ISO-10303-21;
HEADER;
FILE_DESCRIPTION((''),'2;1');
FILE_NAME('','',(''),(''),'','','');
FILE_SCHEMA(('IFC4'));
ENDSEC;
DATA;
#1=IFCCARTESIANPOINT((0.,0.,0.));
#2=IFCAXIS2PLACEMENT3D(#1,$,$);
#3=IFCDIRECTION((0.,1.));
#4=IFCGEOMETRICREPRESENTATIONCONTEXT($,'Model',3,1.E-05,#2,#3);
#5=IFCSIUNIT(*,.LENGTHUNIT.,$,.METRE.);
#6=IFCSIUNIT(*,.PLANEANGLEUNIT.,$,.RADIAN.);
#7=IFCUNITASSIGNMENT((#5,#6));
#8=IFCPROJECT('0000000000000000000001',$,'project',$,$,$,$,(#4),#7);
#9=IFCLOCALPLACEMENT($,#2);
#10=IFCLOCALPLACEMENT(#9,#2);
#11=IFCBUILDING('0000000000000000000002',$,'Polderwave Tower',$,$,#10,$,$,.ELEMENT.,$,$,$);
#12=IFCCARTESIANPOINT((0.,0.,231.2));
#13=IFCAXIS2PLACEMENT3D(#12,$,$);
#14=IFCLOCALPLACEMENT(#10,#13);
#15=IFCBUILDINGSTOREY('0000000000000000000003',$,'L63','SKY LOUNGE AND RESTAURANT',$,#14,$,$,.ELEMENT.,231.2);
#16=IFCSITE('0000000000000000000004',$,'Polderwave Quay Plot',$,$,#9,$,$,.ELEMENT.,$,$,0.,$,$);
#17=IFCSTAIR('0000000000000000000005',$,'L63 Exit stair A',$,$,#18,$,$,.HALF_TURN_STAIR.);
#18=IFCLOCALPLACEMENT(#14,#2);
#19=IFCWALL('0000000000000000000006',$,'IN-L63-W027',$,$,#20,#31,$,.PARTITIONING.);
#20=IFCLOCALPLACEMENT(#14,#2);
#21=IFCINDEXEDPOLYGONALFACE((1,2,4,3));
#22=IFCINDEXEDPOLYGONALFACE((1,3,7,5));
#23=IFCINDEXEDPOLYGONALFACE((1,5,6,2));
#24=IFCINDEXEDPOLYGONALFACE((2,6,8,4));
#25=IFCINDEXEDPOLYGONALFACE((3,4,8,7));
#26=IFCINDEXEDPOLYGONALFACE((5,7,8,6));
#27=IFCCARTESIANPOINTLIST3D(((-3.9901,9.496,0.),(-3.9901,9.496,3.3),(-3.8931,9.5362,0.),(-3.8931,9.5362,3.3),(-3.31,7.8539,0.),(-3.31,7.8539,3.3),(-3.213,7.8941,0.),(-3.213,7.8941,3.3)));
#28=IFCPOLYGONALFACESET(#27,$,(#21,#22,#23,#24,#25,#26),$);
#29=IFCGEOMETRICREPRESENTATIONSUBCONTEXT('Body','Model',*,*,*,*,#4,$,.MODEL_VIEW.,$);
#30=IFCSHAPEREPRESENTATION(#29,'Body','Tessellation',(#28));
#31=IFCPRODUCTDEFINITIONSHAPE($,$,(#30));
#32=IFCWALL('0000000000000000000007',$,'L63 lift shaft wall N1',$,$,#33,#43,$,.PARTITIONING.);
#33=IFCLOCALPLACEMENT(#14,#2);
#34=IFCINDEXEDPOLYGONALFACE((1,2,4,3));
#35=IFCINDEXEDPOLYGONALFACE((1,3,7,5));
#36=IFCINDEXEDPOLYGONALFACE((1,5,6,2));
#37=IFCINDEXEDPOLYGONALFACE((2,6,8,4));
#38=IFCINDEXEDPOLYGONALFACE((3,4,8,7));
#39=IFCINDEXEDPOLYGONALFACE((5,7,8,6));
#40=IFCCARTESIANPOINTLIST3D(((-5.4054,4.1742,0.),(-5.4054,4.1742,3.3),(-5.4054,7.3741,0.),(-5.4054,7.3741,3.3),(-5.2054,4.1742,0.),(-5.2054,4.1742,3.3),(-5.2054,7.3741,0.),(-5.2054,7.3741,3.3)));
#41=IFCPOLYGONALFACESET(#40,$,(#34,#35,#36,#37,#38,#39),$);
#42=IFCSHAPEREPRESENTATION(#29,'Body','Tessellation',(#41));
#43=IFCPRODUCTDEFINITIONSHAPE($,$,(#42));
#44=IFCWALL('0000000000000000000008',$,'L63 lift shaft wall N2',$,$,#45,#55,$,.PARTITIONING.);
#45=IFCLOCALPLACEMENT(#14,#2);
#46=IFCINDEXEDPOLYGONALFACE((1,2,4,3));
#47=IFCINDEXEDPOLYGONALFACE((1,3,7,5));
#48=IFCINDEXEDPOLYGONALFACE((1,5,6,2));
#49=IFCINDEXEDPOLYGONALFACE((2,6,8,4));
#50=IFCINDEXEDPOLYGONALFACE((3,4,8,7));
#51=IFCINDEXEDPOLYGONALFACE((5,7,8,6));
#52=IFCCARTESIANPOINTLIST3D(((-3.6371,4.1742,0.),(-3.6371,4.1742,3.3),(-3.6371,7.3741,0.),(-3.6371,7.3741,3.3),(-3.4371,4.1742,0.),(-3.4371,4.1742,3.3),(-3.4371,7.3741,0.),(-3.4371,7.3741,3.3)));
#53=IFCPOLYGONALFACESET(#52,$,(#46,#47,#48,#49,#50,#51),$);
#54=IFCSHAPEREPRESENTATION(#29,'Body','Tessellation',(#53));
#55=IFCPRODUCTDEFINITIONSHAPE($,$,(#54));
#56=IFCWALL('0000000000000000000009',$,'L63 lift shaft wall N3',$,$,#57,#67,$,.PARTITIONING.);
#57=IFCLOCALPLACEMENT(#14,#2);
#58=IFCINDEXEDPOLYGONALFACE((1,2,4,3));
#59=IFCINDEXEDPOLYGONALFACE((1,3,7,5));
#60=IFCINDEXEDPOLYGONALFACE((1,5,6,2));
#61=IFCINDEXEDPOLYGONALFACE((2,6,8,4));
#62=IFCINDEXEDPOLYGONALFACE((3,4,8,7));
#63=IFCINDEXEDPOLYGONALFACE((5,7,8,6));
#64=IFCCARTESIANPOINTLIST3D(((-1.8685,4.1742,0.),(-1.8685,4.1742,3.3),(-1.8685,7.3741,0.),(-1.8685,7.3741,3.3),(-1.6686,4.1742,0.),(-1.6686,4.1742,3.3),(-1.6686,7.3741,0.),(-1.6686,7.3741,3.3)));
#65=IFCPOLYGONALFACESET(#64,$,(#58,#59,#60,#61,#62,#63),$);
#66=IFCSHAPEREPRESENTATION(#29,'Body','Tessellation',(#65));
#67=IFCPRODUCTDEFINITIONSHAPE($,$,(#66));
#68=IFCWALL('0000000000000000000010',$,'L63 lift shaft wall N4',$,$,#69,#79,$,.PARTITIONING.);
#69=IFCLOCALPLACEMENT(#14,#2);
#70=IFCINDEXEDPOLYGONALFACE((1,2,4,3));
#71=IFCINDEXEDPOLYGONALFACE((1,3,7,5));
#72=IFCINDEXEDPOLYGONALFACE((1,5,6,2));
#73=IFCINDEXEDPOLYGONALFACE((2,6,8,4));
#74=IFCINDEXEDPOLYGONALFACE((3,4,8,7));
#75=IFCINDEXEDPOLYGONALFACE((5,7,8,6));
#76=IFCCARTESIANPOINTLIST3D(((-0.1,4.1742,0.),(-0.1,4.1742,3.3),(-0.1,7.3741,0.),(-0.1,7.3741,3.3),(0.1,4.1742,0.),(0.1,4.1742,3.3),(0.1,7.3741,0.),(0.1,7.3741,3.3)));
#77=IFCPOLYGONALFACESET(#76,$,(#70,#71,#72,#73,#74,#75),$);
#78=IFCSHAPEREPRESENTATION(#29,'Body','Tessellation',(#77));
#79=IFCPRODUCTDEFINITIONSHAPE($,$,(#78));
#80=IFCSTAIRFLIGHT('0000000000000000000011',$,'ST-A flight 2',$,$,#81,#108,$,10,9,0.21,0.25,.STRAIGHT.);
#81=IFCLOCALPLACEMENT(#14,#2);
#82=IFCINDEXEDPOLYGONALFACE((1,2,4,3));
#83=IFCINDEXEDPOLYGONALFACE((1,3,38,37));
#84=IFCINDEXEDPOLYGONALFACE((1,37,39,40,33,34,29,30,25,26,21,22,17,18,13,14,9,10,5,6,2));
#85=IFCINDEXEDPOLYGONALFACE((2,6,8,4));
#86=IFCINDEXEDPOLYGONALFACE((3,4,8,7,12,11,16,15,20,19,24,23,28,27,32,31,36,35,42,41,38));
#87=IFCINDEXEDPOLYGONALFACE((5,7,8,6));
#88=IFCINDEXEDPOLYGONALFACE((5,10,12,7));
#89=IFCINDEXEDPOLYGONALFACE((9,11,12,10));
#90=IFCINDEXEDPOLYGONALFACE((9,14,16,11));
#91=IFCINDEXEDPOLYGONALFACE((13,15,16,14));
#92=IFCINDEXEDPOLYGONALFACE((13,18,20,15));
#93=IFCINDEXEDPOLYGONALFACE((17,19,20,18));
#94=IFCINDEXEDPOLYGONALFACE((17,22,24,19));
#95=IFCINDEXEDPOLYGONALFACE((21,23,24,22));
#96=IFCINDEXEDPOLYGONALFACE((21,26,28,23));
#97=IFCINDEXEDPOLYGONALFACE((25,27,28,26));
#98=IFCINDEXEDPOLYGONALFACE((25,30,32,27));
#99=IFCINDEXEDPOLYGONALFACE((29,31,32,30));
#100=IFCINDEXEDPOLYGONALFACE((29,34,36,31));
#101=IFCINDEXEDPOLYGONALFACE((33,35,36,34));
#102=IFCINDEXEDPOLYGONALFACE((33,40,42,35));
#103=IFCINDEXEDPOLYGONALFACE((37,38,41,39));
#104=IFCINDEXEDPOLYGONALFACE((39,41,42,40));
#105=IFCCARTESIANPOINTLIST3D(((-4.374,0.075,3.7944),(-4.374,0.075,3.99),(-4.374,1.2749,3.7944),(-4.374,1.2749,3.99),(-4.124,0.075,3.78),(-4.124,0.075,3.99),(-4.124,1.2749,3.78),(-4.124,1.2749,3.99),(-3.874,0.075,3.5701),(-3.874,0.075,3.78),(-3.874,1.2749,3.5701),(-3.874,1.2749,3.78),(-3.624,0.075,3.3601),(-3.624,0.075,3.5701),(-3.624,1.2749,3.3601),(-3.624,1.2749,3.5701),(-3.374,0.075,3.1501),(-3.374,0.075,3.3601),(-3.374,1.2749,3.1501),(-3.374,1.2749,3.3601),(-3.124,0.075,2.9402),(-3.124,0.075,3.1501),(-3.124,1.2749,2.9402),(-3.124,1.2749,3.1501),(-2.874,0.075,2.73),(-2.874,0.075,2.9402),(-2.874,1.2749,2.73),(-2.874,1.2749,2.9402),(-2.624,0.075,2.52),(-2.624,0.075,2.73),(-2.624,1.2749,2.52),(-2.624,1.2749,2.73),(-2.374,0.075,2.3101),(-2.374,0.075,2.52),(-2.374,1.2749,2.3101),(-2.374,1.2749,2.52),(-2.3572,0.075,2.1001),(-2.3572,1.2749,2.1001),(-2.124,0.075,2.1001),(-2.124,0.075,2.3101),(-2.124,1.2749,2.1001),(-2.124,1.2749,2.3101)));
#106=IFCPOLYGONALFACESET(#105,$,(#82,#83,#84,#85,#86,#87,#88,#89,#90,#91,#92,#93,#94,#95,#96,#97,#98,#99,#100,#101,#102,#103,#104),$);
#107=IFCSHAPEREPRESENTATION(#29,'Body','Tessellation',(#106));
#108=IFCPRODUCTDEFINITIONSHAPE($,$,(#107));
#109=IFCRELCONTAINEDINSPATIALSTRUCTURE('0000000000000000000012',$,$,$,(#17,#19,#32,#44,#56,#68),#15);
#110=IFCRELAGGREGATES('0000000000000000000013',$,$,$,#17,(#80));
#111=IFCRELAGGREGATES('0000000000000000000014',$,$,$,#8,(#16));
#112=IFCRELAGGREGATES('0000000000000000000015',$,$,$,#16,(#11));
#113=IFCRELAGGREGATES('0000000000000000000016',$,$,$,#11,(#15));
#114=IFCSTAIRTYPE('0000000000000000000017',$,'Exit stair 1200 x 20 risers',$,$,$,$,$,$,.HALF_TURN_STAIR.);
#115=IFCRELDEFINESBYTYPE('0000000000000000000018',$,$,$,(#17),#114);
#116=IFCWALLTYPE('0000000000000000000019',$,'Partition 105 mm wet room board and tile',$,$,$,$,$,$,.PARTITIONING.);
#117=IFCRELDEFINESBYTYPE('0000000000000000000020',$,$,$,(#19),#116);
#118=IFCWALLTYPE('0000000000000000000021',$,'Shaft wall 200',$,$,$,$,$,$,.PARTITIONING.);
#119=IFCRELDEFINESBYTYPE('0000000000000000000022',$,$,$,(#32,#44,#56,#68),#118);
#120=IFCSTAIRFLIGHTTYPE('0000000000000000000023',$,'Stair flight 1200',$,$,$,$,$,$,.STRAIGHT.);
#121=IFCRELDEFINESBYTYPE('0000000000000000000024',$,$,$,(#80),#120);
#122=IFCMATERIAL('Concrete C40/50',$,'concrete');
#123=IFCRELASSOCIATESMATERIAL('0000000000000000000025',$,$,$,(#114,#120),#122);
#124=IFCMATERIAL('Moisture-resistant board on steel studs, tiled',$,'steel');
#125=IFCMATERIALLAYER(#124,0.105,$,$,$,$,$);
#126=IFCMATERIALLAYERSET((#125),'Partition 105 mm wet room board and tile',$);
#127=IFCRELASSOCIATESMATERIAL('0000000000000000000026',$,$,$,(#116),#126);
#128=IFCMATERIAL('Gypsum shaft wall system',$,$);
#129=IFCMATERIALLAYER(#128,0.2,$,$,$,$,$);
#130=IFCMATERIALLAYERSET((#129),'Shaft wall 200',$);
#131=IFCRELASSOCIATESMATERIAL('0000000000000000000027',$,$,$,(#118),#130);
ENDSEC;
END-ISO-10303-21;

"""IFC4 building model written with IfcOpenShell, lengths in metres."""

from ifc_helpers import new_model, si_unit, direction, frame, frame_2d, origin, place, context, subcontext, project, spatial, polyline, rectangle, outline, extrude, material, layer, layer_set, type_object, element, aggregate, save


model = new_model("IFC4")

# Units and contexts
model_context = context("Model", 3, precision=1e-05, world=origin(), true_north=direction((0.0, 1.0)))
body_context = subcontext(model_context, "Body", "Model", "MODEL_VIEW")
ifc_project = project(units=[si_unit("LENGTHUNIT", "METRE"), si_unit("PLANEANGLEUNIT", "RADIAN")], contexts=[model_context])

# Site, building, storey
site_placement = place(None, origin())
site = spatial("IfcSite", under=ifc_project, at=site_placement, Name="Polderwave Quay Plot", CompositionType="ELEMENT", RefElevation=0.0)
building_placement = place(site_placement, origin())
building = spatial("IfcBuilding", under=site, at=building_placement, Name="Polderwave Tower", CompositionType="ELEMENT")
storey_placement = place(building_placement, frame((0.0, 0.0, 231.2)))
storey = spatial("IfcBuildingStorey", under=building, at=storey_placement, Name="L63", Description="SKY LOUNGE AND RESTAURANT", CompositionType="ELEMENT", Elevation=231.2)

# Shared definitions
ifc_material_1 = material(Name="Concrete C40/50", Category="concrete")

# Stair
stair_type = type_object("IfcStairType", Name="Exit stair 1200 x 20 risers", PredefinedType="HALF_TURN_STAIR", material=ifc_material_1)
stair_1_placement = place(storey_placement, origin())
stair_1 = element("IfcStair", 1, at=stair_1_placement, inside=storey, type_object=stair_type, Name="L63 Exit stair A", PredefinedType="HALF_TURN_STAIR")

# Walls
ifc_material_2 = material(Name="Moisture-resistant board on steel studs, tiled", Category="steel")
ifc_layer_1 = layer(ifc_material_2, 0.105)
ifc_layer_set_1 = layer_set([ifc_layer_1], Name="Partition 105 mm wet room board and tile")
wall_type_1 = type_object("IfcWallType", Name="Partition 105 mm wet room board and tile", PredefinedType="PARTITIONING", material=ifc_layer_set_1)
wall_1_placement = place(storey_placement, frame((-3.2615, 7.874, 0.0), z_axis=(0.0, 0.0, 1.0), x_axis=(-0.382683, 0.92388, 0.0)))
element("IfcWall", 2, at=wall_1_placement, inside=storey, type_object=wall_type_1, Name="IN-L63-W027", PredefinedType="PARTITIONING", context=body_context, shape_type="SweptSolid", body=[
    extrude(rectangle(XDim=1.7773, YDim=0.105, at=frame_2d((0.8887, 0.0))), origin(), (0.0, 0.0, 1.0), 3.3),
])
ifc_material_3 = material(Name="Gypsum shaft wall system")
ifc_layer_2 = layer(ifc_material_3, 0.2)
ifc_layer_set_2 = layer_set([ifc_layer_2], Name="Shaft wall 200")
wall_type_2 = type_object("IfcWallType", Name="Shaft wall 200", PredefinedType="PARTITIONING", material=ifc_layer_set_2)
for number, where, z_axis, x_axis, name in (
    (3, (-5.3054, 4.1741, 0.0), (0.0, 0.0, 1.0), (0.0, 1.0, 0.0), "L63 lift shaft wall N1"),
    (4, (-3.5371, 4.1741, 0.0), (0.0, 0.0, 1.0), (0.0, 1.0, 0.0), "L63 lift shaft wall N2"),
    (5, (-1.7686, 4.1741, 0.0), (0.0, 0.0, 1.0), (0.0, 1.0, 0.0), "L63 lift shaft wall N3"),
    (6, (0.0, 4.1741, 0.0), (0.0, 0.0, 1.0), (0.0, 1.0, 0.0), "L63 lift shaft wall N4"),
):
    element("IfcWall", number, at=place(storey_placement, frame(where, z_axis=z_axis, x_axis=x_axis)), inside=storey, type_object=wall_type_2, Name=name, PredefinedType="PARTITIONING", context=body_context, shape_type="SweptSolid", body=[
        extrude(rectangle(XDim=3.2, YDim=0.2, at=frame_2d((1.6001, 0.0))), origin(), (0.0, 0.0, 1.0), 3.3),
    ])

# Stair flight
stair_flight_type = type_object("IfcStairFlightType", Name="Stair flight 1200", PredefinedType="STRAIGHT", material=ifc_material_1)
stair_flight_placement = place(storey_placement, frame((-2.124, 0.675, 2.1001), z_axis=(0.0, 0.0, 1.0), x_axis=(-1.0, 0.0, 0.0)))
stair_flight = element("IfcStairFlight", 7, at=stair_flight_placement, type_object=stair_flight_type, Name="ST-A flight 2", NumberOfRisers=10, NumberOfTreads=9, PredefinedType="STRAIGHT", RiserHeight=0.21, TreadLength=0.25, context=body_context, shape_type="SweptSolid", body=[
    extrude(outline(polyline([(0.0, 0.0), (0.0, 0.21), (0.25, 0.21), (0.25, 0.4199), (0.5, 0.4199), (0.5, 0.6299), (0.75, 0.6299), (0.75, 0.8401), (1.0, 0.8401), (1.0, 1.05), (1.25, 1.05), (1.25, 1.26), (1.5, 1.26), (1.5, 1.47), (1.75, 1.47), (1.75, 1.6799), (2.0, 1.6799), (2.0, 1.8899), (2.25, 1.8899), (2.25, 2.1001), (2.25, 1.6943), (0.2332, 0.0), (0.0, 0.0)])), frame((0.0, 0.6001, 0.0), z_axis=(0.0, -1.0, 0.0), x_axis=(1.0, 0.0, 0.0)), (0.0, 0.0, 1.0), 1.2),
])
aggregate(stair_1, [stair_flight])

save(model, "model.ifc")
